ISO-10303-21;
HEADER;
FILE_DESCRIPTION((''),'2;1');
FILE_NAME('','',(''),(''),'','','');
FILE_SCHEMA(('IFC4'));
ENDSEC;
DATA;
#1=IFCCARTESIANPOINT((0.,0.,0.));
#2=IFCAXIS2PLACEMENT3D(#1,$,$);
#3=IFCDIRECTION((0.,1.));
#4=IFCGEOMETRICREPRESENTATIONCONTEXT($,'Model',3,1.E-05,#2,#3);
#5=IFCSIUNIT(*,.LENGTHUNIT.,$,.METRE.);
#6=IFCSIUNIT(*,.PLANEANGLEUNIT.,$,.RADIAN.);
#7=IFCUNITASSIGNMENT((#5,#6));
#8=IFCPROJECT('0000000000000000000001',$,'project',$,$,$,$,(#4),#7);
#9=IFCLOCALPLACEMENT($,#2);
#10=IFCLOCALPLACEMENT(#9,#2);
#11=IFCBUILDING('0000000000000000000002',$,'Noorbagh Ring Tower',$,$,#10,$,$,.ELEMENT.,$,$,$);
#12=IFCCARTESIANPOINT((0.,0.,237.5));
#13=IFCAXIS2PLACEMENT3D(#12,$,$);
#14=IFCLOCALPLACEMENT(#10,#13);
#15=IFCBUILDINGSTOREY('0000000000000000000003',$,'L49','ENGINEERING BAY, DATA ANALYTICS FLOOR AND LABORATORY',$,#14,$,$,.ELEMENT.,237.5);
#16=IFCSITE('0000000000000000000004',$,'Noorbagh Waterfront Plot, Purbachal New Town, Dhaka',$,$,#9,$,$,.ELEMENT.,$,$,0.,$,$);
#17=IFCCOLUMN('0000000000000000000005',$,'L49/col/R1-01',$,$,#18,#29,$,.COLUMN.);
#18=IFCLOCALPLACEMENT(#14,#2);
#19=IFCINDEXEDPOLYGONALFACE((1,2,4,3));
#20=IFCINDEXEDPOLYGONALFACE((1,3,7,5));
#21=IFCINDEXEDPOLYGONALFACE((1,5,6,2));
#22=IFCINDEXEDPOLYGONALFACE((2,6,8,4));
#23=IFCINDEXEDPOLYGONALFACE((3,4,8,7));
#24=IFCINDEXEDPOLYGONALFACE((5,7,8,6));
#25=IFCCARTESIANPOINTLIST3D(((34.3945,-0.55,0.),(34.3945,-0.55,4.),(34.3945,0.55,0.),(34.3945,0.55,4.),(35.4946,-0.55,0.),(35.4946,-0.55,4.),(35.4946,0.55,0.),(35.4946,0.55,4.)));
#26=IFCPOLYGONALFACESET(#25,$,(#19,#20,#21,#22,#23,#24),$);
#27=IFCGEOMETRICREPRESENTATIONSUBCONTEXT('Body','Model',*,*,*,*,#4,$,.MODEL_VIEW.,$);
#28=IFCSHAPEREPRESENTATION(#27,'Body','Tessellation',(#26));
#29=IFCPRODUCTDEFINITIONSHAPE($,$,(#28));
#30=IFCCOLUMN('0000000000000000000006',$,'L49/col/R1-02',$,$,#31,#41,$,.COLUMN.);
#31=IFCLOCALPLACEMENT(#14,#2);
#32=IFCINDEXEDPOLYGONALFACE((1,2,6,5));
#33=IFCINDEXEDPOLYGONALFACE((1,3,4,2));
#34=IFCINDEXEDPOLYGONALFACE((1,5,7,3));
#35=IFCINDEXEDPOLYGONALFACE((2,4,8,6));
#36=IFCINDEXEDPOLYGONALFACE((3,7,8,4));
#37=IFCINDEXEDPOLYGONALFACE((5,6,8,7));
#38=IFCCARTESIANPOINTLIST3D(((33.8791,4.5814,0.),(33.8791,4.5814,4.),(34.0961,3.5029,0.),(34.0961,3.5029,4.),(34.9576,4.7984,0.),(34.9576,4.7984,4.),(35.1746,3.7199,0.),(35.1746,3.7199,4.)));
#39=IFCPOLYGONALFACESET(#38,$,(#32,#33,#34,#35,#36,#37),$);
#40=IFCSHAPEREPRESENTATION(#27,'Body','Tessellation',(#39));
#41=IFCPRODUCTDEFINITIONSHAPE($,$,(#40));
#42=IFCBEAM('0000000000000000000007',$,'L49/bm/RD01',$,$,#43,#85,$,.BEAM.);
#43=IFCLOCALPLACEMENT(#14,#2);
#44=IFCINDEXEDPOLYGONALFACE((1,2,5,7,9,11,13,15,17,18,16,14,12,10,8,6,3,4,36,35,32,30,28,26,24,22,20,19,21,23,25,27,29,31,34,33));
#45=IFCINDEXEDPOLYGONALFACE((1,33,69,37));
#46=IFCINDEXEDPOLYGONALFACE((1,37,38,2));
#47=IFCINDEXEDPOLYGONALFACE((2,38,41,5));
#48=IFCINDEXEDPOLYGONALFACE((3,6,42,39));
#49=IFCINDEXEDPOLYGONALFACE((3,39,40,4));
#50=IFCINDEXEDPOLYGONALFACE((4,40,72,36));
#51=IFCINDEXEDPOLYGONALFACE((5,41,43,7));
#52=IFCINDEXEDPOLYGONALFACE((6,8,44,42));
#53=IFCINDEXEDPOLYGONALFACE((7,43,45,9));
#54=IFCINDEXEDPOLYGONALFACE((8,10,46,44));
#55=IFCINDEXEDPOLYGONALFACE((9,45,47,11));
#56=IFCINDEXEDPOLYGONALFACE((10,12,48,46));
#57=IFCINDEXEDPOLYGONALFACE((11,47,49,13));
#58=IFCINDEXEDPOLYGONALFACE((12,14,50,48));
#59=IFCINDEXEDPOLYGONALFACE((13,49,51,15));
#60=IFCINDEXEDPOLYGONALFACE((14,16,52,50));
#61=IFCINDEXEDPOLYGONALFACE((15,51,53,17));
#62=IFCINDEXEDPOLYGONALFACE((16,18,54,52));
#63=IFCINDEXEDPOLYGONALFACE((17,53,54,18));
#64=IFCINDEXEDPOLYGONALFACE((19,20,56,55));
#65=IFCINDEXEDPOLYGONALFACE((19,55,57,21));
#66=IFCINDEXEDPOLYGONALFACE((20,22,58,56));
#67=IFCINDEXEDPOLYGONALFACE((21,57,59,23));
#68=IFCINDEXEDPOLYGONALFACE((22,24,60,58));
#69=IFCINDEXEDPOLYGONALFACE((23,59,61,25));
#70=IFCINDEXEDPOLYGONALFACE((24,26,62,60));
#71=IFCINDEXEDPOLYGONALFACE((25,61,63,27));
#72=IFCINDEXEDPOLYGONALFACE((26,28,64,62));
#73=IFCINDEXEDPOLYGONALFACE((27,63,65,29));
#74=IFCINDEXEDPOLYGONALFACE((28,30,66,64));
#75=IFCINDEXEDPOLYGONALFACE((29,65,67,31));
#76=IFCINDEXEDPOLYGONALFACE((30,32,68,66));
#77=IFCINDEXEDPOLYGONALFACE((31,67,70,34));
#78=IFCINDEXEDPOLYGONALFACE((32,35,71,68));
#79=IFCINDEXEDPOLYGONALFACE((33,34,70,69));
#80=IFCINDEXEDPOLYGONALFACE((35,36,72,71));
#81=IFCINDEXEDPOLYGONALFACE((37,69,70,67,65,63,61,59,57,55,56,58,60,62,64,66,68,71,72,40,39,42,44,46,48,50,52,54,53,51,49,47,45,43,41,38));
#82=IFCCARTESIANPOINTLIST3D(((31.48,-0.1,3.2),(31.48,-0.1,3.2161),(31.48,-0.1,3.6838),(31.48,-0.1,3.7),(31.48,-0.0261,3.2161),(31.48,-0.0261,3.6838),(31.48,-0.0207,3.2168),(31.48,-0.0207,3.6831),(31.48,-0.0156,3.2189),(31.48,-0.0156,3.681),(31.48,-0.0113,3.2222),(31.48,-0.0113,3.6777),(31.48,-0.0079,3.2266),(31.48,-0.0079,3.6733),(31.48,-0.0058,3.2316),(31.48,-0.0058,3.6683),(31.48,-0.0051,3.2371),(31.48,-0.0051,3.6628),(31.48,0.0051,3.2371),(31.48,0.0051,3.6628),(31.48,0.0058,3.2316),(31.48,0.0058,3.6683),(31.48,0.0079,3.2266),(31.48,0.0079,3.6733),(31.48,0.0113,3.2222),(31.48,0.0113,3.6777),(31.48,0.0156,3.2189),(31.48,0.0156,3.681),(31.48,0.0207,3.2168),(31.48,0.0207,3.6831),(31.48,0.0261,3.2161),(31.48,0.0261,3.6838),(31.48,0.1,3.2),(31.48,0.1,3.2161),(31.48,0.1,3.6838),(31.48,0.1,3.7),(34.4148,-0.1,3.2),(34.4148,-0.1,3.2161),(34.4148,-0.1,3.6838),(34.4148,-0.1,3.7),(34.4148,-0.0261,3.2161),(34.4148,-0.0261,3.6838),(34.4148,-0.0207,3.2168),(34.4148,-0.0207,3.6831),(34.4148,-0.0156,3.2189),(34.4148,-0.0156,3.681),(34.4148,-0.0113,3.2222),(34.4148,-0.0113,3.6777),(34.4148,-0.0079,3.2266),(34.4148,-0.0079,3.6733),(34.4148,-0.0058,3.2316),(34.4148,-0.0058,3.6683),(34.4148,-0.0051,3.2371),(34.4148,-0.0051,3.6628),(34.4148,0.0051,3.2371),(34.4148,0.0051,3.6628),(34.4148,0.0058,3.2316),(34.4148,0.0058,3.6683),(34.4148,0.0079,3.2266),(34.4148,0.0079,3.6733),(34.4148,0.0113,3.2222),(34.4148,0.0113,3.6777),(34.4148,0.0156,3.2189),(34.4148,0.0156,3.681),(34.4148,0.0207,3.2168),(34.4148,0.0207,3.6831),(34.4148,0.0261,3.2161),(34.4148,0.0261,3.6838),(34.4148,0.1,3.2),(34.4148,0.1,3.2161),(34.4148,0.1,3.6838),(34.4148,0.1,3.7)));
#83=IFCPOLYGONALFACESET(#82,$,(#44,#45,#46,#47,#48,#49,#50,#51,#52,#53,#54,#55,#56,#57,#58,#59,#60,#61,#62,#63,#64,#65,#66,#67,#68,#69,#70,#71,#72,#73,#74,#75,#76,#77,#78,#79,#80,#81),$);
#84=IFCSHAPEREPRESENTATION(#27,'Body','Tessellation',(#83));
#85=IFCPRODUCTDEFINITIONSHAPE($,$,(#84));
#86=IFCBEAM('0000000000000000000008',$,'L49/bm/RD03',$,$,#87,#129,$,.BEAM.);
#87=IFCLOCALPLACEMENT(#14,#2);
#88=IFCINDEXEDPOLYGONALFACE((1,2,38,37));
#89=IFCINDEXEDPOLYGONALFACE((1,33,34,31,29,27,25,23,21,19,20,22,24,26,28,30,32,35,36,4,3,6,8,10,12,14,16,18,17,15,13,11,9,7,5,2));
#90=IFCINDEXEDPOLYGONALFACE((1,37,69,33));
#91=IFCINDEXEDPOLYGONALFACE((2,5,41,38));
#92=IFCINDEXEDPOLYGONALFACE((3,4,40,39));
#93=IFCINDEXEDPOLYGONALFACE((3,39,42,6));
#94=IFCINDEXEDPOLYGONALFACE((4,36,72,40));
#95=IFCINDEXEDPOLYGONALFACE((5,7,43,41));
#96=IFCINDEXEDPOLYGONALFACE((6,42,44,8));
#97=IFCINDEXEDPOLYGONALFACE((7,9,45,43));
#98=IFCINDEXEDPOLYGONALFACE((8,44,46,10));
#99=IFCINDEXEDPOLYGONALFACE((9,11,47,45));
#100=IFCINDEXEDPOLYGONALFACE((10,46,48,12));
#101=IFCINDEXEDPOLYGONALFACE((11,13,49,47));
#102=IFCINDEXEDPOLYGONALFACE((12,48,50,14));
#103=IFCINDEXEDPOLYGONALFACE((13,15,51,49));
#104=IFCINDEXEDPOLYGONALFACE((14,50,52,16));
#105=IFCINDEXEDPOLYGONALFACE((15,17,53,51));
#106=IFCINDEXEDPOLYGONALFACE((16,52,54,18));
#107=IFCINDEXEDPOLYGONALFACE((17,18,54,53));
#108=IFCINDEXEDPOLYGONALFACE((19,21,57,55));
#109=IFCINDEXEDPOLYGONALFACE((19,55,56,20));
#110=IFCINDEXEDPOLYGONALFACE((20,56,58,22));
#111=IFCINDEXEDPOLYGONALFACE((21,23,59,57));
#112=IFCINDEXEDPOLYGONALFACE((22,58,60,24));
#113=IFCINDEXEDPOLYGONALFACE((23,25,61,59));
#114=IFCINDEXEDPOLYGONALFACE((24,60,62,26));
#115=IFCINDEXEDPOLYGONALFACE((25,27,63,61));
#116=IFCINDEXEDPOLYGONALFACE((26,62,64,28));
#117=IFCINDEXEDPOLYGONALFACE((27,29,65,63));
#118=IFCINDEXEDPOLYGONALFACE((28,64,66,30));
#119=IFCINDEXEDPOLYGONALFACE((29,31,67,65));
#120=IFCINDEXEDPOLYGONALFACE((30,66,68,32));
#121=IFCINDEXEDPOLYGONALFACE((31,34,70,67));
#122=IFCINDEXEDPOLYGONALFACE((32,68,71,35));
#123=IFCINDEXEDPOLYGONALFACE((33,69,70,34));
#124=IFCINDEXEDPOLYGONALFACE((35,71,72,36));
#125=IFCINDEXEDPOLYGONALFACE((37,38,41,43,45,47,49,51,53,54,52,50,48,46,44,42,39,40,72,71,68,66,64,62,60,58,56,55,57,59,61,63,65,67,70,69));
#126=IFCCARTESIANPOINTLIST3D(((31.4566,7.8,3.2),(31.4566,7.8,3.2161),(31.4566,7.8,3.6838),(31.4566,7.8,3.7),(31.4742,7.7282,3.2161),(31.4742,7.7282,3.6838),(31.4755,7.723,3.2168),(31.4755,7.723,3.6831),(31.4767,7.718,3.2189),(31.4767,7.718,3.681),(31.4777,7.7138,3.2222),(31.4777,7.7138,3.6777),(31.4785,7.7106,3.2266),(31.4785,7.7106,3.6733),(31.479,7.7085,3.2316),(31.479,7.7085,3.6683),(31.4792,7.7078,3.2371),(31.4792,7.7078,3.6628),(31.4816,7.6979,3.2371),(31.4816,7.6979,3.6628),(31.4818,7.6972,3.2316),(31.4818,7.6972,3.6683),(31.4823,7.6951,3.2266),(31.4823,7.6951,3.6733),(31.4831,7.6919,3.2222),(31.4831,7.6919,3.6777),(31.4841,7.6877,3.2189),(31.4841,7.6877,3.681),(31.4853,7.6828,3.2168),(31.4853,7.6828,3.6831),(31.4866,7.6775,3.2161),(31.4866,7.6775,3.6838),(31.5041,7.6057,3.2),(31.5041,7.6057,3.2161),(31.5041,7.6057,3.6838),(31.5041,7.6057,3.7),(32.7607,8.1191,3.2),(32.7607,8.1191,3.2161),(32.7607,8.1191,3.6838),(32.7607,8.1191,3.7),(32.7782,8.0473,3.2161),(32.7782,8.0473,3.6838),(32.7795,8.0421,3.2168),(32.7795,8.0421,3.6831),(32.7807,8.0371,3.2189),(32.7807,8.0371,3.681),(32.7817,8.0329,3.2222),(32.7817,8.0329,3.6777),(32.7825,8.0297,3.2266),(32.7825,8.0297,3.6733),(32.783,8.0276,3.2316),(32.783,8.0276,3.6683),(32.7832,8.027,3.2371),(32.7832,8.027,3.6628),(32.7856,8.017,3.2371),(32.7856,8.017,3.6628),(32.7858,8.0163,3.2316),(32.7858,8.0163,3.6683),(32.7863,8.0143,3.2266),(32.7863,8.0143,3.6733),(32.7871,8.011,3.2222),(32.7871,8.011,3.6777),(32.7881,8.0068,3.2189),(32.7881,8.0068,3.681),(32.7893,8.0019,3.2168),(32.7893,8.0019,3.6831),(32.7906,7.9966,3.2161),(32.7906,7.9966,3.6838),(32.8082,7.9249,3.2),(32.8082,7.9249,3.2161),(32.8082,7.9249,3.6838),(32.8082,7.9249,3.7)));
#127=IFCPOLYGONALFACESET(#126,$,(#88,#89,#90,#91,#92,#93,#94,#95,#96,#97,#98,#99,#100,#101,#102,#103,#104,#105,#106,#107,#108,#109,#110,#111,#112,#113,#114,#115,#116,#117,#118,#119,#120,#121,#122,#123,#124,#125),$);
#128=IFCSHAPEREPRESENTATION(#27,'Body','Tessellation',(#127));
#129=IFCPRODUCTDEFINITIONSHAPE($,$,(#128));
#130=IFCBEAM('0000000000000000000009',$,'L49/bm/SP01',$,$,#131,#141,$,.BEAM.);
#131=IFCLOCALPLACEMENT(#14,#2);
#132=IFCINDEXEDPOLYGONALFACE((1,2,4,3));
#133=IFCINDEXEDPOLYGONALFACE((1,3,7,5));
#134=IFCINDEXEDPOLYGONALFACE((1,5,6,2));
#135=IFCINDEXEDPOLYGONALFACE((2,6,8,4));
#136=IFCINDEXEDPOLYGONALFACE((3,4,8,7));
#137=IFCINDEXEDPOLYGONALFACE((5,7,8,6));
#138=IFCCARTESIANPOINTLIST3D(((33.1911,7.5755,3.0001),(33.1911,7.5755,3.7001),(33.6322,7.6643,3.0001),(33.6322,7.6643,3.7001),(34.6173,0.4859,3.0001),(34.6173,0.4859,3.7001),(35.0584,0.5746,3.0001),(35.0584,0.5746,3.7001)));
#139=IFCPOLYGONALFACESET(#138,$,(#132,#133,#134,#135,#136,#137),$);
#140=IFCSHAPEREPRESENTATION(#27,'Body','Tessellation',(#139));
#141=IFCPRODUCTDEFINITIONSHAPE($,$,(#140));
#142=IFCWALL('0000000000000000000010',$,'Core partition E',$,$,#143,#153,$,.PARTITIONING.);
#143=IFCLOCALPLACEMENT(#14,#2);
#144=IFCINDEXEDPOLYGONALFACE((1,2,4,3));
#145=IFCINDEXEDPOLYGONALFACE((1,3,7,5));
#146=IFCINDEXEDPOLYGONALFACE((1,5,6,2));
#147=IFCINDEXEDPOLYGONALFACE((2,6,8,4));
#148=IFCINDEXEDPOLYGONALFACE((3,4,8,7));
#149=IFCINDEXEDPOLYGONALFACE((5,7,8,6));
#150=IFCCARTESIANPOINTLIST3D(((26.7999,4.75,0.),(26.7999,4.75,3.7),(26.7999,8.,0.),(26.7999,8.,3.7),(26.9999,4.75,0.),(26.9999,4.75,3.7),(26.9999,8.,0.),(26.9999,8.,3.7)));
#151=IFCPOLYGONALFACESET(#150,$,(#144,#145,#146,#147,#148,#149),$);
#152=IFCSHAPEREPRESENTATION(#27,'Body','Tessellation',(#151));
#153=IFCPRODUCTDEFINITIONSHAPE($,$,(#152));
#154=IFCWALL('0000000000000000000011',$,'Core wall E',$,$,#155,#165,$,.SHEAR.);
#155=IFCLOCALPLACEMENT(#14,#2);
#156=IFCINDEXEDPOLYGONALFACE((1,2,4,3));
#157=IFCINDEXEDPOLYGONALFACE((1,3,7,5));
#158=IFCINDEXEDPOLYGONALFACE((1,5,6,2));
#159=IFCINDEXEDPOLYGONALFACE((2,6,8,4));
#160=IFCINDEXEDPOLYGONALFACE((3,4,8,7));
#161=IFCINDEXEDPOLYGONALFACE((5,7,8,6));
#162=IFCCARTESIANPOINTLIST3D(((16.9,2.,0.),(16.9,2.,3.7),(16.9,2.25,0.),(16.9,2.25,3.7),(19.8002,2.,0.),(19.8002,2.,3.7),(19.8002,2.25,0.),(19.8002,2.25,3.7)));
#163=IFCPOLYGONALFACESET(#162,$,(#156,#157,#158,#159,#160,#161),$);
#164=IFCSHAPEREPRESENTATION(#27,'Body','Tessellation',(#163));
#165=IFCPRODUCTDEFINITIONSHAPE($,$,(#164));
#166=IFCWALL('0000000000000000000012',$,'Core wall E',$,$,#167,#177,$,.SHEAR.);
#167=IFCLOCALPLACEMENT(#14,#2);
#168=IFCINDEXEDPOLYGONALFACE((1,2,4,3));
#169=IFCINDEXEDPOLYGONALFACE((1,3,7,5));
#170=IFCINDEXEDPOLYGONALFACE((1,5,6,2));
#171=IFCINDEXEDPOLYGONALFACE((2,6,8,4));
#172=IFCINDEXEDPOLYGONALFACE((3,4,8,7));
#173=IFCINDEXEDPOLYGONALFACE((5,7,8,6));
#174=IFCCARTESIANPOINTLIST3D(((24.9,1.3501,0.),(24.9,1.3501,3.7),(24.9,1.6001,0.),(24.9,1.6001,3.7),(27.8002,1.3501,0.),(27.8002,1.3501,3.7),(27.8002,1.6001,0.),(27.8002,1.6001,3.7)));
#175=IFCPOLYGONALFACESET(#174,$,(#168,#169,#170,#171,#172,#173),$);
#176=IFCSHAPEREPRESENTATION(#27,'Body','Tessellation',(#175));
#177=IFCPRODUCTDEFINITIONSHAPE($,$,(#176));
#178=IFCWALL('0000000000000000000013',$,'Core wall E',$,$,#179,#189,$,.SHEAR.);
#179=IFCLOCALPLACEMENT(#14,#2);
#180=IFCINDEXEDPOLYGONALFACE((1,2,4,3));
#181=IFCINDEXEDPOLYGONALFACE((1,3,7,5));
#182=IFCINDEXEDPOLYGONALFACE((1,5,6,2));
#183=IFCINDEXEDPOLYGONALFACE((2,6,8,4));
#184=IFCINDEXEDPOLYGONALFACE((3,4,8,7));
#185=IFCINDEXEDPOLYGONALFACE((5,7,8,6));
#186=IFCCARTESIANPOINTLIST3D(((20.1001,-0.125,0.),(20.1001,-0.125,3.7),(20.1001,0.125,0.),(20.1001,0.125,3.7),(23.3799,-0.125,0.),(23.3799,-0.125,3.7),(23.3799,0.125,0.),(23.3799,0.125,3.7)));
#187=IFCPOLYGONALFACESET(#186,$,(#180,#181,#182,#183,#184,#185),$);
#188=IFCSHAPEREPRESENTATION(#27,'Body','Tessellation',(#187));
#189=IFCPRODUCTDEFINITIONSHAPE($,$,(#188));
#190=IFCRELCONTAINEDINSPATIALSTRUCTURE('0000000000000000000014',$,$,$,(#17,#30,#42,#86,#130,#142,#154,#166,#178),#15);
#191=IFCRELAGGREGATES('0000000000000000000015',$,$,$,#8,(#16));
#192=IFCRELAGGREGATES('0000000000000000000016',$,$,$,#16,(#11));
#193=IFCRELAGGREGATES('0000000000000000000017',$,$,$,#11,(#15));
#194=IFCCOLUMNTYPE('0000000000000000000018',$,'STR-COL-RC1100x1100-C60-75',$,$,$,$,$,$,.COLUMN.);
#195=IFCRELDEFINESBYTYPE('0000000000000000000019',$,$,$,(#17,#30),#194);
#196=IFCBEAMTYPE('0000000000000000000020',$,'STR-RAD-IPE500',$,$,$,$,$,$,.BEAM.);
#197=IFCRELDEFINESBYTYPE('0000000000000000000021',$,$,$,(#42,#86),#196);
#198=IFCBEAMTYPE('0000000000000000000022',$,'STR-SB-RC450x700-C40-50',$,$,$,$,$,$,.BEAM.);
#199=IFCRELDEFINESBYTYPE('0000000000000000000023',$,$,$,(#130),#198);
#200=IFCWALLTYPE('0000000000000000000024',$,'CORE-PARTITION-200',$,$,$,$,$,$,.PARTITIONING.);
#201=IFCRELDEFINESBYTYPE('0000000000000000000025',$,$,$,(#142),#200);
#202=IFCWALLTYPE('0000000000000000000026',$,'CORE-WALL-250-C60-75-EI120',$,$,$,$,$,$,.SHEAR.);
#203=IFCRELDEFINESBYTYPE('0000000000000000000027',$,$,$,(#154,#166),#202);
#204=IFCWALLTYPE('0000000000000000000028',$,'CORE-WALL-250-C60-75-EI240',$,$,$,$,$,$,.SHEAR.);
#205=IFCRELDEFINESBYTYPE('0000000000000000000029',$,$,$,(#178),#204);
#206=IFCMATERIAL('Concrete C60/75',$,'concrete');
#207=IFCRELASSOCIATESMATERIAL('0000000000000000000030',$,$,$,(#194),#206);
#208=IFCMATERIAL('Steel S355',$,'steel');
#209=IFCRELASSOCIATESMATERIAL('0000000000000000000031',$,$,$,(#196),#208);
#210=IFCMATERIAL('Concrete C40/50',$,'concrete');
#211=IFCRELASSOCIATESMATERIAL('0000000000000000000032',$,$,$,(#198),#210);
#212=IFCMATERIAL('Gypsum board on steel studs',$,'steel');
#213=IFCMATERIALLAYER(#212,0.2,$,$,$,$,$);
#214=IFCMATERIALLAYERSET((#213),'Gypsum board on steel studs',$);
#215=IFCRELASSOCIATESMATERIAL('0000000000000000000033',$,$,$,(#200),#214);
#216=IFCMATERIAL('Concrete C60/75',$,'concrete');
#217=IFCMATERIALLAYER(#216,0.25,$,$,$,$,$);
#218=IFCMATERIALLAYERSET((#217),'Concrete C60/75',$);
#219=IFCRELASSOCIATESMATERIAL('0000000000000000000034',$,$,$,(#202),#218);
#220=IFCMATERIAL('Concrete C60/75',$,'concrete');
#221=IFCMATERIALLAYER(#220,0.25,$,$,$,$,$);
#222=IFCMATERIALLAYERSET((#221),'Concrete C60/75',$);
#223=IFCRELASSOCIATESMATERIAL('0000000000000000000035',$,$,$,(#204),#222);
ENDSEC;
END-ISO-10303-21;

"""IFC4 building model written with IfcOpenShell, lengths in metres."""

from ifc_helpers import new_model, si_unit, direction, frame, frame_2d, origin, origin_2d, place, context, subcontext, project, spatial, rectangle, i_section, extrude, material, layer, layer_set, material_profile, profile_set, type_object, element, save


model = new_model("IFC4")

# Units and contexts
model_context = context("Model", 3, precision=1e-05, world=origin(), true_north=direction((0.0, 1.0)))
body_context = subcontext(model_context, "Body", "Model", "MODEL_VIEW")
ifc_project = project(units=[si_unit("LENGTHUNIT", "METRE"), si_unit("PLANEANGLEUNIT", "RADIAN")], contexts=[model_context])

# Site, building, storey
site_placement = place(None, origin())
site = spatial("IfcSite", under=ifc_project, at=site_placement, Name="Noorbagh Waterfront Plot, Purbachal New Town, Dhaka", CompositionType="ELEMENT", RefElevation=0.0)
building_placement = place(site_placement, origin())
building = spatial("IfcBuilding", under=site, at=building_placement, Name="Noorbagh Ring Tower", CompositionType="ELEMENT")
storey_placement = place(building_placement, frame((0.0, 0.0, 237.5)))
storey = spatial("IfcBuildingStorey", under=building, at=storey_placement, Name="L49", Description="ENGINEERING BAY, DATA ANALYTICS FLOOR AND LABORATORY", CompositionType="ELEMENT", Elevation=237.5)

# Columns
ifc_material_1 = material(Name="Concrete C60/75", Category="concrete")
ifc_material_profile_1 = material_profile(ifc_material_1, rectangle(XDim=1.1001, YDim=1.1001, at=origin_2d()), Name="RC1100x1100")
ifc_profile_set_1 = profile_set([ifc_material_profile_1], Name="Concrete C60/75")
column_type = type_object("IfcColumnType", Name="STR-COL-RC1100x1100-C60-75", PredefinedType="COLUMN", material=ifc_profile_set_1)
for number, where, z_axis, x_axis, name in (
    (1, (34.9446, 0.0, 0.0), (0.0, 0.0, 1.0), (0.0, 1.0, 0.0), "L49/col/R1-01"),
    (2, (34.5269, 4.1506, 0.0), (0.0, 0.0, 1.0), (-0.19723, 0.980357, 0.0), "L49/col/R1-02"),
):
    element("IfcColumn", number, at=place(storey_placement, frame(where, z_axis=z_axis, x_axis=x_axis)), inside=storey, type_object=column_type, Name=name, PredefinedType="COLUMN", context=body_context, shape_type="SweptSolid", body=[
        extrude(rectangle(XDim=1.1001, YDim=1.1001, at=origin_2d()), origin(), (0.0, 0.0, 1.0), 4.0),
    ])

# Beams
ifc_material_2 = material(Name="Steel S355", Category="steel")
ifc_material_profile_2 = material_profile(ifc_material_2, i_section(OverallWidth=0.2, OverallDepth=0.5, WebThickness=0.0103, FlangeThickness=0.0161, FilletRadius=0.021, at=origin_2d()), Name="IPE500")
ifc_profile_set_2 = profile_set([ifc_material_profile_2], Name="Steel S355")
beam_type_1 = type_object("IfcBeamType", Name="STR-RAD-IPE500", PredefinedType="BEAM", material=ifc_profile_set_2)
beam_1_placement = place(storey_placement, frame((34.4148, 0.0, 3.45), z_axis=(-1.0, 0.0, 0.0), x_axis=(0.0, -1.0, 0.0)))
element("IfcBeam", 3, at=beam_1_placement, inside=storey, type_object=beam_type_1, Name="L49/bm/RD01", PredefinedType="BEAM", context=body_context, shape_type="SweptSolid", body=[
    extrude(i_section(OverallWidth=0.2, OverallDepth=0.5, WebThickness=0.0103, FlangeThickness=0.0161, FilletRadius=0.021, at=origin_2d()), origin(), (0.0, 0.0, 1.0), 2.9348),
])
beam_2_placement = place(storey_placement, frame((32.7844, 8.022, 3.45), z_axis=(-0.971339, -0.237697, 0.0), x_axis=(0.237697, -0.971339, 0.0)))
element("IfcBeam", 4, at=beam_2_placement, inside=storey, type_object=beam_type_1, Name="L49/bm/RD03", PredefinedType="BEAM", context=body_context, shape_type="SweptSolid", body=[
    extrude(i_section(OverallWidth=0.2, OverallDepth=0.5, WebThickness=0.0103, FlangeThickness=0.0161, FilletRadius=0.021, at=origin_2d()), origin(), (0.0, 0.0, 1.0), 1.3425),
])
ifc_material_3 = material(Name="Concrete C40/50", Category="concrete")
ifc_material_profile_3 = material_profile(ifc_material_3, rectangle(XDim=0.45, YDim=0.7, at=origin_2d()), Name="RC450x700")
ifc_profile_set_3 = profile_set([ifc_material_profile_3], Name="Concrete C40/50")
beam_type_2 = type_object("IfcBeamType", Name="STR-SB-RC450x700-C40-50", PredefinedType="BEAM", material=ifc_profile_set_3)
beam_3_placement = place(storey_placement, frame((34.8379, 0.5303, 3.3501), z_axis=(-0.197226, 0.980358, 0.0), x_axis=(-0.980358, -0.197226, 0.0)))
element("IfcBeam", 5, at=beam_3_placement, inside=storey, type_object=beam_type_2, Name="L49/bm/SP01", PredefinedType="BEAM", context=body_context, shape_type="SweptSolid", body=[
    extrude(rectangle(XDim=0.45, YDim=0.7, at=origin_2d()), origin(), (0.0, 0.0, 1.0), 7.2317),
])

# Walls
ifc_material_4 = material(Name="Gypsum board on steel studs", Category="steel")
ifc_layer_1 = layer(ifc_material_4, 0.2)
ifc_layer_set_1 = layer_set([ifc_layer_1], Name="Gypsum board on steel studs")
wall_type_1 = type_object("IfcWallType", Name="CORE-PARTITION-200", PredefinedType="PARTITIONING", material=ifc_layer_set_1)
wall_1_placement = place(storey_placement, frame((26.8999, 4.75, 0.0), z_axis=(0.0, 0.0, 1.0), x_axis=(0.0, 1.0, 0.0)))
element("IfcWall", 6, at=wall_1_placement, inside=storey, type_object=wall_type_1, Name="Core partition E", PredefinedType="PARTITIONING", context=body_context, shape_type="SweptSolid", body=[
    extrude(rectangle(XDim=3.25, YDim=0.2, at=frame_2d((1.625, 0.0))), origin(), (0.0, 0.0, 1.0), 3.7),
])
ifc_material_5 = material(Name="Concrete C60/75", Category="concrete")
ifc_layer_2 = layer(ifc_material_5, 0.25)
ifc_layer_set_2 = layer_set([ifc_layer_2], Name="Concrete C60/75")
wall_type_2 = type_object("IfcWallType", Name="CORE-WALL-250-C60-75-EI120", PredefinedType="SHEAR", material=ifc_layer_set_2)
for number, where, z_axis, x_axis, name in (
    (7, (16.8999, 2.125, 0.0), (0.0, 0.0, 1.0), (1.0, 0.0, 0.0), "Core wall E"),
    (8, (24.8999, 1.4751, 0.0), (0.0, 0.0, 1.0), (1.0, 0.0, 0.0), "Core wall E"),
):
    element("IfcWall", number, at=place(storey_placement, frame(where, z_axis=z_axis, x_axis=x_axis)), inside=storey, type_object=wall_type_2, Name=name, PredefinedType="SHEAR", context=body_context, shape_type="SweptSolid", body=[
        extrude(rectangle(XDim=2.9001, YDim=0.25, at=frame_2d((1.4502, 0.0))), origin(), (0.0, 0.0, 1.0), 3.7),
    ])
ifc_material_6 = material(Name="Concrete C60/75", Category="concrete")
ifc_layer_3 = layer(ifc_material_6, 0.25)
ifc_layer_set_3 = layer_set([ifc_layer_3], Name="Concrete C60/75")
wall_type_3 = type_object("IfcWallType", Name="CORE-WALL-250-C60-75-EI240", PredefinedType="SHEAR", material=ifc_layer_set_3)
wall_2_placement = place(storey_placement, frame((20.1001, 0.0, 0.0), z_axis=(0.0, 0.0, 1.0), x_axis=(1.0, 0.0, 0.0)))
element("IfcWall", 9, at=wall_2_placement, inside=storey, type_object=wall_type_3, Name="Core wall E", PredefinedType="SHEAR", context=body_context, shape_type="SweptSolid", body=[
    extrude(rectangle(XDim=3.2798, YDim=0.25, at=frame_2d((1.6399, 0.0))), origin(), (0.0, 0.0, 1.0), 3.7),
])

save(model, "model.ifc")
